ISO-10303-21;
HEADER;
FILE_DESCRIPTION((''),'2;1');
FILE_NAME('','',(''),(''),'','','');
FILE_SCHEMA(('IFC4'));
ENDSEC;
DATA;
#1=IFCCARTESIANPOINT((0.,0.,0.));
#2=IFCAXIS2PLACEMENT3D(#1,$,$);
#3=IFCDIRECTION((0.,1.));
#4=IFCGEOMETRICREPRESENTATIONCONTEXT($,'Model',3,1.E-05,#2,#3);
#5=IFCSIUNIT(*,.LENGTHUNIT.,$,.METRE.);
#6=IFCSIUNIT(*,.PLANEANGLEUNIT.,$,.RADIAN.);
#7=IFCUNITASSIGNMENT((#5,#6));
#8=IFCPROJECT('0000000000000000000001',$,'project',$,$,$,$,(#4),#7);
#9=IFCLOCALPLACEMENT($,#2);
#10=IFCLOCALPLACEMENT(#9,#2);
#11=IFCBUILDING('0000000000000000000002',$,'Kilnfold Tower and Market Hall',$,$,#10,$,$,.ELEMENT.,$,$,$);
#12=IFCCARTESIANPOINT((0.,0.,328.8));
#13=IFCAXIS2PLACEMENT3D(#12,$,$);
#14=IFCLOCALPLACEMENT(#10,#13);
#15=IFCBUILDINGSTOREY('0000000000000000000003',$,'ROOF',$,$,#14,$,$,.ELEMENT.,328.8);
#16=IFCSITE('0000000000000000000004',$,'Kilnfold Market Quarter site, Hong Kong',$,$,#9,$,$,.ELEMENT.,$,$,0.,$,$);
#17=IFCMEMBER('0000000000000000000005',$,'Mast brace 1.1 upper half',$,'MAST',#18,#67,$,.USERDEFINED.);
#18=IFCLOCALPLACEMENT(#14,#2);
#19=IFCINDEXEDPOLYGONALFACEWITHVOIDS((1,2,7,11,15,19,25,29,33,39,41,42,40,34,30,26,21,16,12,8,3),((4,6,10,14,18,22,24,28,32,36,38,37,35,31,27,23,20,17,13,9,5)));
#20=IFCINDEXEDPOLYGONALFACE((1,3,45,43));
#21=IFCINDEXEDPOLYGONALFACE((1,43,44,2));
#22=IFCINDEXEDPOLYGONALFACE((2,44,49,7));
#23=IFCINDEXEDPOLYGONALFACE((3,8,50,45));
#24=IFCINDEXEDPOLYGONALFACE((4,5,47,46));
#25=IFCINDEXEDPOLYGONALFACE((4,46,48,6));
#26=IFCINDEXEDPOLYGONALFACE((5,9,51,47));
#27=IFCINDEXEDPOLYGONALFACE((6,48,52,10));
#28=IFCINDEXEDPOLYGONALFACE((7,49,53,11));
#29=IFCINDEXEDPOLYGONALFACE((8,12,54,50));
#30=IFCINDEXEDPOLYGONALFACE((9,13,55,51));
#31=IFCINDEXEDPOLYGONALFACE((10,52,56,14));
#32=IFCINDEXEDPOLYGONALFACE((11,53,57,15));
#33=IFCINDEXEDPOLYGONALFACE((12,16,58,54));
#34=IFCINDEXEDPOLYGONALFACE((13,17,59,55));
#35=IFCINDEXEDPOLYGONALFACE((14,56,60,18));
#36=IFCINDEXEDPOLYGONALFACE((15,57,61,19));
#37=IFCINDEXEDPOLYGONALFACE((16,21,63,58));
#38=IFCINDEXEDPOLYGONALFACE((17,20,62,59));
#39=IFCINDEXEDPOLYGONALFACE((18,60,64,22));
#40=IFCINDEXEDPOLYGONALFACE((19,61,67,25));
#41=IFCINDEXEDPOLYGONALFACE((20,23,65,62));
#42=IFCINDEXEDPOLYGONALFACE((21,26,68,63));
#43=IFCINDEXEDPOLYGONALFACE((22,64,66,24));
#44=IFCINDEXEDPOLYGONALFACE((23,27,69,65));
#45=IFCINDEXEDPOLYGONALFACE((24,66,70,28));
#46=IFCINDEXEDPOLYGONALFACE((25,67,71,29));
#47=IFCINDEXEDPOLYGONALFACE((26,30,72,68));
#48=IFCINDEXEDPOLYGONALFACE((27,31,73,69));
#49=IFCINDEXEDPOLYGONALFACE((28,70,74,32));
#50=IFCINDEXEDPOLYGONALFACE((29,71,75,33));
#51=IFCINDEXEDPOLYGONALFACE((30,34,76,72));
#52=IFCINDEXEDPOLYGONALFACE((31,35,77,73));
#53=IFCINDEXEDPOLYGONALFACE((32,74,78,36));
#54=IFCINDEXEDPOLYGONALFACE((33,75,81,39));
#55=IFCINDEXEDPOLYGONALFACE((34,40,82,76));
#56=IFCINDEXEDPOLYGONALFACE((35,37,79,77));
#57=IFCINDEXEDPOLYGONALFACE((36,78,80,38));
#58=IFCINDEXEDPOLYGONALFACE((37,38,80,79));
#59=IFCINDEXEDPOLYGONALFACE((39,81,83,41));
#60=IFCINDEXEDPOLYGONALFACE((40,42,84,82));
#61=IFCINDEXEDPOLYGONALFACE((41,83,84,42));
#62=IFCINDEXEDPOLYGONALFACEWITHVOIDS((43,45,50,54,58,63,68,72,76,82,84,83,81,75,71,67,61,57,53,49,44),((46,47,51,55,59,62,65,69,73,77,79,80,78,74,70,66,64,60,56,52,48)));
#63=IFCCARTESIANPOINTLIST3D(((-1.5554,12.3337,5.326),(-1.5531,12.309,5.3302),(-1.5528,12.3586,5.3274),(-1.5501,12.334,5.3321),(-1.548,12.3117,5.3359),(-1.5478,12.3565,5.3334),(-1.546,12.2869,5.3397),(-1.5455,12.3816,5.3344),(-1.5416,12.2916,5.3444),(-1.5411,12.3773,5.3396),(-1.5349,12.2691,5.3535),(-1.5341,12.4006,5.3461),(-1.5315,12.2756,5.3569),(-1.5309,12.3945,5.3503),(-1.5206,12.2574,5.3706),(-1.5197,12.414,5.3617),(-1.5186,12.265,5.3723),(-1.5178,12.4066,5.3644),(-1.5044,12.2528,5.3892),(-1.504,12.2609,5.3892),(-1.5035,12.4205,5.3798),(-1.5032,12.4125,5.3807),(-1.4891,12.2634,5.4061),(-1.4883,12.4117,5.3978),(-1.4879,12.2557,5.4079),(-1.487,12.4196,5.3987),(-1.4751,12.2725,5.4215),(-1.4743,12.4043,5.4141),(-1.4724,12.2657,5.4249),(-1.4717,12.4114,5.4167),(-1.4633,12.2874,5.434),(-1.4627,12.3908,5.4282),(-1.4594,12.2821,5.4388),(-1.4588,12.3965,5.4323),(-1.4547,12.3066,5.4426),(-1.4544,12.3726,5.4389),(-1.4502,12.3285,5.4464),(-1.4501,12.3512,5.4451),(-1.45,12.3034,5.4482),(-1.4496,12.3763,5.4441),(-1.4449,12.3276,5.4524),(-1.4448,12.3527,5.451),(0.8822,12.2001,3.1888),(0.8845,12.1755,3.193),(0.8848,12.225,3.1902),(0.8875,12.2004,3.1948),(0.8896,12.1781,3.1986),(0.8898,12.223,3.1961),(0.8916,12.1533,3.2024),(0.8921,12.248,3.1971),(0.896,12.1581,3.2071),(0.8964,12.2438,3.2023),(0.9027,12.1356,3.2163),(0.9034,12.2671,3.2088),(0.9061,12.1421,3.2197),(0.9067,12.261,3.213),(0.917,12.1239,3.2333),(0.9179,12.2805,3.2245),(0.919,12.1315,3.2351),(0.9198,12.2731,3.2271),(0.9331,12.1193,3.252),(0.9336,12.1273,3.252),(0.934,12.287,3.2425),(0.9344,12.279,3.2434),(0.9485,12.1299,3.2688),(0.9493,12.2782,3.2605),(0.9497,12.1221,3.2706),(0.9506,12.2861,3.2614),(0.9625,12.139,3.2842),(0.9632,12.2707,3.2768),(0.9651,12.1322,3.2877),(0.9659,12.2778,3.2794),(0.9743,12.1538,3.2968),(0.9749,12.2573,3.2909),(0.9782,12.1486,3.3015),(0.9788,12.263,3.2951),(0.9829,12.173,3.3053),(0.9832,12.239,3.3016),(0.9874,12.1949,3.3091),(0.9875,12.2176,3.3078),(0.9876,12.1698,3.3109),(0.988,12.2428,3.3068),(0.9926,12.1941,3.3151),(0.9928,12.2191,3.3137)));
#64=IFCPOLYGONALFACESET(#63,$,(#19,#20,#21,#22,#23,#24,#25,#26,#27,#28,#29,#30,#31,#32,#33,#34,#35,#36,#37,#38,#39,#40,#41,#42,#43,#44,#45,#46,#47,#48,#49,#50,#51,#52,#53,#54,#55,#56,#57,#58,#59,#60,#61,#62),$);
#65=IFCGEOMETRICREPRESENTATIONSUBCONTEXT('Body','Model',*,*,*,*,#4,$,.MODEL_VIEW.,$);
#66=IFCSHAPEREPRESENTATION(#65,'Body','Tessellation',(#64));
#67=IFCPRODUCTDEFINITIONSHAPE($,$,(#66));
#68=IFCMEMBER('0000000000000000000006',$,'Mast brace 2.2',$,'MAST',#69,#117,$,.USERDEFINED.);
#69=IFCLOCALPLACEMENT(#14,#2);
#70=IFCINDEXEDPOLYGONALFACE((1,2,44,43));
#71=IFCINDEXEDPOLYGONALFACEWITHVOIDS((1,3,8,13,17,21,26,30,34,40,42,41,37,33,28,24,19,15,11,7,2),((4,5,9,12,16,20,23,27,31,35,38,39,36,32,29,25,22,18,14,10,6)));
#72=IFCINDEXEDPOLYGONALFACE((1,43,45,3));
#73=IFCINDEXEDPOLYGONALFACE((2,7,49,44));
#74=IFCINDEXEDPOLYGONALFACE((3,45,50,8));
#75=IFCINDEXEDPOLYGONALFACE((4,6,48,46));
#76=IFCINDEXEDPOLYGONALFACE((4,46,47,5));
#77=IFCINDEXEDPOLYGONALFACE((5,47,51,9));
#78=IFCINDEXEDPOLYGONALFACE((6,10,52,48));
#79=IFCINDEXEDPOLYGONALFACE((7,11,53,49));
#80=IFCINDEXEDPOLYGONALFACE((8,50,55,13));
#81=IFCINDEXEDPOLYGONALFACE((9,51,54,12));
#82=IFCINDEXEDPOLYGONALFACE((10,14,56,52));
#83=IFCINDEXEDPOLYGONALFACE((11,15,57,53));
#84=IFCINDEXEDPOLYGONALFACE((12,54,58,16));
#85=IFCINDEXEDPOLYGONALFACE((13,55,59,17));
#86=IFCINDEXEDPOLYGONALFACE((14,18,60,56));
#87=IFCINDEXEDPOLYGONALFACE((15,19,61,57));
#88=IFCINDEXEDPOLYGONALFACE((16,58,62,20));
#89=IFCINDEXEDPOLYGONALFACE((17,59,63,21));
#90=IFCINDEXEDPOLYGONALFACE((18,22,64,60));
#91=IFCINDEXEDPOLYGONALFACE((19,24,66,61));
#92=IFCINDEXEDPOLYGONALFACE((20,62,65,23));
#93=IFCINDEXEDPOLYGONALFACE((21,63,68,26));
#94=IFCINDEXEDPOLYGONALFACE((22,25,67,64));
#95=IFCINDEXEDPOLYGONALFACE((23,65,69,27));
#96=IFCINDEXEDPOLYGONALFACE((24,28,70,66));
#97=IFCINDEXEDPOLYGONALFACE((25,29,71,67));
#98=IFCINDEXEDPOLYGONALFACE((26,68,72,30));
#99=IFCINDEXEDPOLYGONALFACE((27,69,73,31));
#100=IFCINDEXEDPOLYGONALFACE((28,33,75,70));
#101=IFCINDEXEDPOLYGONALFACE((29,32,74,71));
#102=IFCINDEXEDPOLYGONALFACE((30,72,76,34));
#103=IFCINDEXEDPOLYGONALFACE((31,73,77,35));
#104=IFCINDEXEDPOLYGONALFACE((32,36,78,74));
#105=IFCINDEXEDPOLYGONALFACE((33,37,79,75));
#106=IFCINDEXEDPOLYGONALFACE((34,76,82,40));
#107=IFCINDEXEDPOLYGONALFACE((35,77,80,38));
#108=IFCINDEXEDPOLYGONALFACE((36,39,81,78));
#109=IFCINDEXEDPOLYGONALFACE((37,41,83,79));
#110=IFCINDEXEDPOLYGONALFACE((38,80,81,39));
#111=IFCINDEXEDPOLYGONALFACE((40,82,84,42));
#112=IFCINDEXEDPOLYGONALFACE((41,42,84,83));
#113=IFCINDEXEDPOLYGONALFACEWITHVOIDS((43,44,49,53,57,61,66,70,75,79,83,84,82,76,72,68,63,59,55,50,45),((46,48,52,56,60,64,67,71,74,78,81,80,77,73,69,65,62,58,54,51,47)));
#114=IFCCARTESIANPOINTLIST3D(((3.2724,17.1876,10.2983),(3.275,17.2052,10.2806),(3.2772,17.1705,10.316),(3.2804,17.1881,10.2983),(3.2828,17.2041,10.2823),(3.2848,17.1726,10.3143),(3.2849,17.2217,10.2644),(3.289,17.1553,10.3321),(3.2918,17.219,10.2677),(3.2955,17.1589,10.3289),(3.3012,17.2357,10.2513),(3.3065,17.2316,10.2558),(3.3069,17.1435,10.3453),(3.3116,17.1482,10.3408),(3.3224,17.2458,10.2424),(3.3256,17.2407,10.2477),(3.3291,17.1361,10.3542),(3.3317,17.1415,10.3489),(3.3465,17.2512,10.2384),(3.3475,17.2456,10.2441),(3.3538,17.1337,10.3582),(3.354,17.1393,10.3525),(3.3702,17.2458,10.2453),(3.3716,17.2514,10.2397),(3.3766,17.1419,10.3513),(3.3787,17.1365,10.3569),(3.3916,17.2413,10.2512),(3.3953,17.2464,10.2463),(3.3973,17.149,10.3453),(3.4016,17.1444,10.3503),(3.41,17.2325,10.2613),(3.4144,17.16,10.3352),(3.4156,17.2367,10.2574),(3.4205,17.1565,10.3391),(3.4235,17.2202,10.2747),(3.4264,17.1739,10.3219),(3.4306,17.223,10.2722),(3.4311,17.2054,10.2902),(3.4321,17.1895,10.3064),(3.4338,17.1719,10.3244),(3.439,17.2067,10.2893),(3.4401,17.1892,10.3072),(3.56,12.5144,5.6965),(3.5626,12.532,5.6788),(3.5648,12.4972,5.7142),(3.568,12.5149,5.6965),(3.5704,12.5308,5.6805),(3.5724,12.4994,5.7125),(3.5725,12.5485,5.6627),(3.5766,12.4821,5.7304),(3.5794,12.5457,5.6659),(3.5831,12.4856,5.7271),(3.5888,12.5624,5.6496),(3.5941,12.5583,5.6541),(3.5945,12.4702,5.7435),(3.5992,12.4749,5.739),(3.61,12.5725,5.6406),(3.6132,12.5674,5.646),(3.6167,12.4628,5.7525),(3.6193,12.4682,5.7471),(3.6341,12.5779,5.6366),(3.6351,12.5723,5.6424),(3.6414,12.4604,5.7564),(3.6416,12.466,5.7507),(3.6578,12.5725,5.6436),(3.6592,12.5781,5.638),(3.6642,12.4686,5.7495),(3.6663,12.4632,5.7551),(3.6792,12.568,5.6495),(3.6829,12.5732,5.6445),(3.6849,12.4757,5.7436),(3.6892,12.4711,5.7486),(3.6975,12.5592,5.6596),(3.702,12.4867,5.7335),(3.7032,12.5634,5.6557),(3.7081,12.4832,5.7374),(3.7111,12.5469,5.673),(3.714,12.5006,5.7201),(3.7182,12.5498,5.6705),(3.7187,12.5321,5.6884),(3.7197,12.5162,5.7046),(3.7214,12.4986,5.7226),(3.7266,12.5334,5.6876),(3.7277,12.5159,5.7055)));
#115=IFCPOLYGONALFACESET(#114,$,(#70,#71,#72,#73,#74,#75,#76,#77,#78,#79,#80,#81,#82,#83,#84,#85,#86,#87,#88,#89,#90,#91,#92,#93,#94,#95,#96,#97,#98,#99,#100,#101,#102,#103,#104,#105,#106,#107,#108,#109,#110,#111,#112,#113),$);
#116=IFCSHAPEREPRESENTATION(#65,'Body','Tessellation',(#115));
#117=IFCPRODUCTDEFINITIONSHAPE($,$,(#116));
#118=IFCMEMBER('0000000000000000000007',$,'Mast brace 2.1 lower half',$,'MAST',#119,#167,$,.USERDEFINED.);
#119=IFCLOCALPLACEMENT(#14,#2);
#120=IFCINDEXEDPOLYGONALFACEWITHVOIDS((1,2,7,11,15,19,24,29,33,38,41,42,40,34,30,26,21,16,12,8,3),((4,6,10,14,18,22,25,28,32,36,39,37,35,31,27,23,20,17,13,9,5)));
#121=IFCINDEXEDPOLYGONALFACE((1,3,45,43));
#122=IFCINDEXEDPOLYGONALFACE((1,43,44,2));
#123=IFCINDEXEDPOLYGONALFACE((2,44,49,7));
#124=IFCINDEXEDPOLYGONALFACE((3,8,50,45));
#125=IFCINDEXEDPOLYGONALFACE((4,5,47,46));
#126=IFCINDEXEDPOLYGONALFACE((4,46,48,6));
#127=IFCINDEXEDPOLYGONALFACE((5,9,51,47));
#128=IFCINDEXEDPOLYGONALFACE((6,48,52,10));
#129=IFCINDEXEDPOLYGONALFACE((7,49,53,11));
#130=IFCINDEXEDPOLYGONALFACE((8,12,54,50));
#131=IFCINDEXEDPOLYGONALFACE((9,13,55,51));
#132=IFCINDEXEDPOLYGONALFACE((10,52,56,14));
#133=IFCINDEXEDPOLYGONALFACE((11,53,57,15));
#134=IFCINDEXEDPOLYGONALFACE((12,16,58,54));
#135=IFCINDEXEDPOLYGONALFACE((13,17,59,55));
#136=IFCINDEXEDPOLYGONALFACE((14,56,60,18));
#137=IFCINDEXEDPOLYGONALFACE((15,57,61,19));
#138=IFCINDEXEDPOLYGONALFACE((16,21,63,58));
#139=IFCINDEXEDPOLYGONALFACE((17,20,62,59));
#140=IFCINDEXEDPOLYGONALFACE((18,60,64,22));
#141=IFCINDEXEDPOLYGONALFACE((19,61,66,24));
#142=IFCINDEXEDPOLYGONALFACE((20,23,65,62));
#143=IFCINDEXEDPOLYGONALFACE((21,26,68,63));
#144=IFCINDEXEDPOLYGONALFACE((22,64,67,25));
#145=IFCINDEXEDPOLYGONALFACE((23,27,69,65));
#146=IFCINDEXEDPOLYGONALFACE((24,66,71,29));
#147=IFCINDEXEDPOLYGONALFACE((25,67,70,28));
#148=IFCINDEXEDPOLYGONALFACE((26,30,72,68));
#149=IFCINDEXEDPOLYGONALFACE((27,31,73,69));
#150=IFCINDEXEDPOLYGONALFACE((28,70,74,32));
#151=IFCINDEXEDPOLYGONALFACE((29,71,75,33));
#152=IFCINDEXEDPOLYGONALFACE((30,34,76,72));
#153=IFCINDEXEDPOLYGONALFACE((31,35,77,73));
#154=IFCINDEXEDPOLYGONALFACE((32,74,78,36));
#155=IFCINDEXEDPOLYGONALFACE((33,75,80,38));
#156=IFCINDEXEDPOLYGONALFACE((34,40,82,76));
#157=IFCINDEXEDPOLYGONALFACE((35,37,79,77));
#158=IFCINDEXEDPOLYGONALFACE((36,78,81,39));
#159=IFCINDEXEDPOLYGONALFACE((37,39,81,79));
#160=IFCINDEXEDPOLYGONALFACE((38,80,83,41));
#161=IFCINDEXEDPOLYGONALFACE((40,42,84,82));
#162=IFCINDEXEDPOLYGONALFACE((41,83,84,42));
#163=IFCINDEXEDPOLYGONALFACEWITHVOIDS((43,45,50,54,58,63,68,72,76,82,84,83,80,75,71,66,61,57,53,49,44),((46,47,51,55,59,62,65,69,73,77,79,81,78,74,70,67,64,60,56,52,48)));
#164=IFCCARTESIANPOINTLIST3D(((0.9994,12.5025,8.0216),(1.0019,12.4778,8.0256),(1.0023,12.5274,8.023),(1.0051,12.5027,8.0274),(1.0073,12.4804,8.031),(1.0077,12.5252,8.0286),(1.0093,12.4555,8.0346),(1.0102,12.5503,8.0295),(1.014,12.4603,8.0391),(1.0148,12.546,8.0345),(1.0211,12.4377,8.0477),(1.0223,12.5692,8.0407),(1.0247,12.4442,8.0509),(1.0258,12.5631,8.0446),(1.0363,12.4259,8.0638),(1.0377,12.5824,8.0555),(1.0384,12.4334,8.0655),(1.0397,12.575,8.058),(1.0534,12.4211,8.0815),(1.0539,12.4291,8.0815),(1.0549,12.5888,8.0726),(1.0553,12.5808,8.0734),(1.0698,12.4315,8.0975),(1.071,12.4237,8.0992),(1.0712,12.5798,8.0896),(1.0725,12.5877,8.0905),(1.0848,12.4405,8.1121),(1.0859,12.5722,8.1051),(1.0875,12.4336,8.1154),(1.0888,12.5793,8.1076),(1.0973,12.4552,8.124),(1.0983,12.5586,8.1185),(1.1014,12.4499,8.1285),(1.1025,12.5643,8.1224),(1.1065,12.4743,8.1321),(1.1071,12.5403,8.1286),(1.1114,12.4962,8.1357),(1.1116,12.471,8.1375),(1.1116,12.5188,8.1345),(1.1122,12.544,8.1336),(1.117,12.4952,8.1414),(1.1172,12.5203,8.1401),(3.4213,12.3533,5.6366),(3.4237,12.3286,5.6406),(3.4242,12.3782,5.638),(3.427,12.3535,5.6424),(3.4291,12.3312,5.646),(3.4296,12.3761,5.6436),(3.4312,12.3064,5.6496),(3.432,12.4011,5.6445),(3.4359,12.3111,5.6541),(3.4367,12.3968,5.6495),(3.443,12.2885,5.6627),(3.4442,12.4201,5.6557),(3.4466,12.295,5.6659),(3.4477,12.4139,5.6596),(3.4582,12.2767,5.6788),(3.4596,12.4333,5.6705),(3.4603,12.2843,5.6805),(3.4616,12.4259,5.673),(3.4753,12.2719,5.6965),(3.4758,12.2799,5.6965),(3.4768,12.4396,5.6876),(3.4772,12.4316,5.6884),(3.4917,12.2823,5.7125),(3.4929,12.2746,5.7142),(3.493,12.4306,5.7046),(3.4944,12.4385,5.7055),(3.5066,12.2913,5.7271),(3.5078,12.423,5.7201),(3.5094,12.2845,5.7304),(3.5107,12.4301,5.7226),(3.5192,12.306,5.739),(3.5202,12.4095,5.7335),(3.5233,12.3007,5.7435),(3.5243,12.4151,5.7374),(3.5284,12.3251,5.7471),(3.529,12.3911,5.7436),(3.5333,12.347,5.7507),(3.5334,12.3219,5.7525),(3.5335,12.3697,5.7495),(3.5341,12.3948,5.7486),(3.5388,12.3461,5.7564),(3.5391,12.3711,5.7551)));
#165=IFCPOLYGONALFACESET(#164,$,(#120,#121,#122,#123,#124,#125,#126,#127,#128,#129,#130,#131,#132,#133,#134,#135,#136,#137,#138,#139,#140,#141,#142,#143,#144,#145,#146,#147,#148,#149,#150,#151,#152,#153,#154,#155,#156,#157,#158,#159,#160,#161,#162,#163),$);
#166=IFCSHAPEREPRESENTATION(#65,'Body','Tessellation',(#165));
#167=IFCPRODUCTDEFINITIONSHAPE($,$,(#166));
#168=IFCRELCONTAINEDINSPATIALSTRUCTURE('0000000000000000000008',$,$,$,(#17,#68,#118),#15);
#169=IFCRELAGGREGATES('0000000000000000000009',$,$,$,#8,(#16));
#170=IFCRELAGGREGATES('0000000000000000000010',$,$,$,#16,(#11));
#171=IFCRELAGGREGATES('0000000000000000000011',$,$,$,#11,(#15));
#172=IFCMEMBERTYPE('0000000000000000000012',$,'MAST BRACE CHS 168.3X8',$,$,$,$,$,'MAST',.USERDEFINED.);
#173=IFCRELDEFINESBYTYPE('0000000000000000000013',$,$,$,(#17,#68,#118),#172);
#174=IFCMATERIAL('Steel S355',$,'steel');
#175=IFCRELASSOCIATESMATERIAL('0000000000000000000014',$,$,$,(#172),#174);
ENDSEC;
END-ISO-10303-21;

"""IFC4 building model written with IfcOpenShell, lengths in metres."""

from ifc_helpers import new_model, si_unit, direction, frame, origin, origin_2d, place, context, subcontext, project, spatial, hollow_circle, extrude, source, transform, mapped, material, material_profile, profile_set, type_object, element, save


model = new_model("IFC4")

# Units and contexts
model_context = context("Model", 3, precision=1e-05, world=origin(), true_north=direction((0.0, 1.0)))
body_context = subcontext(model_context, "Body", "Model", "MODEL_VIEW")
ifc_project = project(units=[si_unit("LENGTHUNIT", "METRE"), si_unit("PLANEANGLEUNIT", "RADIAN")], contexts=[model_context])

# Site, building, storey
site_placement = place(None, origin())
site = spatial("IfcSite", under=ifc_project, at=site_placement, Name="Kilnfold Market Quarter site, Hong Kong", CompositionType="ELEMENT", RefElevation=0.0)
building_placement = place(site_placement, origin())
building = spatial("IfcBuilding", under=site, at=building_placement, Name="Kilnfold Tower and Market Hall", CompositionType="ELEMENT")
storey_placement = place(building_placement, frame((0.0, 0.0, 328.8)))
storey = spatial("IfcBuildingStorey", under=building, at=storey_placement, Name="ROOF", CompositionType="ELEMENT", Elevation=328.8)

# Members
ifc_material_1 = material(Name="Steel S355", Category="steel")
ifc_material_profile_1 = material_profile(ifc_material_1, hollow_circle(Radius=0.0842, WallThickness=0.0081, at=origin_2d()), Name="CHS 168.3x8")
ifc_profile_set_1 = profile_set([ifc_material_profile_1], Name="Steel S355")
member_type_1 = type_object("IfcMemberType", Name="MAST BRACE CHS 168.3X8", ElementType="MAST", PredefinedType="USERDEFINED", material=ifc_profile_set_1)
shared_shape_1 = source(origin(), body_context, "Body", "SweptSolid", [
    extrude(hollow_circle(Radius=0.0842, WallThickness=0.0081, at=origin_2d()), origin(), (0.0, 0.0, 1.0), 3.2446),
])
member_1_placement = place(storey_placement, frame((0.9377, 12.2034, 3.252), z_axis=(-0.751267, 0.04116, 0.658713), x_axis=(-0.054706, -0.998503, 0.0)))
element("IfcMember", 1, at=member_1_placement, inside=storey, type_object=member_type_1, Name="Mast brace 1.1 upper half", ObjectType="MAST", PredefinedType="USERDEFINED", context=body_context, shape_type="MappedRepresentation", body=[
    mapped(shared_shape_1, transform((0.0, 0.0, 0.0))),
])
shared_shape_2 = source(origin(), body_context, "Body", "SweptSolid", [
    extrude(hollow_circle(Radius=0.0842, WallThickness=0.0081, at=origin_2d()), origin(), (0.0, 0.0, 1.0), 6.5649),
])
member_2_placement = place(storey_placement, frame((3.644, 12.5195, 5.6965), z_axis=(-0.043808, 0.711855, 0.700959), x_axis=(-0.998112, -0.061424, 0.0)))
element("IfcMember", 2, at=member_2_placement, inside=storey, type_object=member_type_1, Name="Mast brace 2.2", ObjectType="MAST", PredefinedType="USERDEFINED", context=body_context, shape_type="MappedRepresentation", body=[
    mapped(shared_shape_2, transform((0.0, 0.0, 0.0))),
])
shared_shape_3 = source(origin(), body_context, "Body", "SweptSolid", [
    extrude(hollow_circle(Radius=0.0842, WallThickness=0.0081, at=origin_2d()), origin(), (0.0, 0.0, 1.0), 3.4023),
])
member_3_placement = place(storey_placement, frame((3.4805, 12.356, 5.6965), z_axis=(-0.711824, 0.043843, 0.700988), x_axis=(-0.061476, -0.998109, 0.0)))
element("IfcMember", 3, at=member_3_placement, inside=storey, type_object=member_type_1, Name="Mast brace 2.1 lower half", ObjectType="MAST", PredefinedType="USERDEFINED", context=body_context, shape_type="MappedRepresentation", body=[
    mapped(shared_shape_3, transform((0.0, 0.0, 0.0))),
])

save(model, "model.ifc")
